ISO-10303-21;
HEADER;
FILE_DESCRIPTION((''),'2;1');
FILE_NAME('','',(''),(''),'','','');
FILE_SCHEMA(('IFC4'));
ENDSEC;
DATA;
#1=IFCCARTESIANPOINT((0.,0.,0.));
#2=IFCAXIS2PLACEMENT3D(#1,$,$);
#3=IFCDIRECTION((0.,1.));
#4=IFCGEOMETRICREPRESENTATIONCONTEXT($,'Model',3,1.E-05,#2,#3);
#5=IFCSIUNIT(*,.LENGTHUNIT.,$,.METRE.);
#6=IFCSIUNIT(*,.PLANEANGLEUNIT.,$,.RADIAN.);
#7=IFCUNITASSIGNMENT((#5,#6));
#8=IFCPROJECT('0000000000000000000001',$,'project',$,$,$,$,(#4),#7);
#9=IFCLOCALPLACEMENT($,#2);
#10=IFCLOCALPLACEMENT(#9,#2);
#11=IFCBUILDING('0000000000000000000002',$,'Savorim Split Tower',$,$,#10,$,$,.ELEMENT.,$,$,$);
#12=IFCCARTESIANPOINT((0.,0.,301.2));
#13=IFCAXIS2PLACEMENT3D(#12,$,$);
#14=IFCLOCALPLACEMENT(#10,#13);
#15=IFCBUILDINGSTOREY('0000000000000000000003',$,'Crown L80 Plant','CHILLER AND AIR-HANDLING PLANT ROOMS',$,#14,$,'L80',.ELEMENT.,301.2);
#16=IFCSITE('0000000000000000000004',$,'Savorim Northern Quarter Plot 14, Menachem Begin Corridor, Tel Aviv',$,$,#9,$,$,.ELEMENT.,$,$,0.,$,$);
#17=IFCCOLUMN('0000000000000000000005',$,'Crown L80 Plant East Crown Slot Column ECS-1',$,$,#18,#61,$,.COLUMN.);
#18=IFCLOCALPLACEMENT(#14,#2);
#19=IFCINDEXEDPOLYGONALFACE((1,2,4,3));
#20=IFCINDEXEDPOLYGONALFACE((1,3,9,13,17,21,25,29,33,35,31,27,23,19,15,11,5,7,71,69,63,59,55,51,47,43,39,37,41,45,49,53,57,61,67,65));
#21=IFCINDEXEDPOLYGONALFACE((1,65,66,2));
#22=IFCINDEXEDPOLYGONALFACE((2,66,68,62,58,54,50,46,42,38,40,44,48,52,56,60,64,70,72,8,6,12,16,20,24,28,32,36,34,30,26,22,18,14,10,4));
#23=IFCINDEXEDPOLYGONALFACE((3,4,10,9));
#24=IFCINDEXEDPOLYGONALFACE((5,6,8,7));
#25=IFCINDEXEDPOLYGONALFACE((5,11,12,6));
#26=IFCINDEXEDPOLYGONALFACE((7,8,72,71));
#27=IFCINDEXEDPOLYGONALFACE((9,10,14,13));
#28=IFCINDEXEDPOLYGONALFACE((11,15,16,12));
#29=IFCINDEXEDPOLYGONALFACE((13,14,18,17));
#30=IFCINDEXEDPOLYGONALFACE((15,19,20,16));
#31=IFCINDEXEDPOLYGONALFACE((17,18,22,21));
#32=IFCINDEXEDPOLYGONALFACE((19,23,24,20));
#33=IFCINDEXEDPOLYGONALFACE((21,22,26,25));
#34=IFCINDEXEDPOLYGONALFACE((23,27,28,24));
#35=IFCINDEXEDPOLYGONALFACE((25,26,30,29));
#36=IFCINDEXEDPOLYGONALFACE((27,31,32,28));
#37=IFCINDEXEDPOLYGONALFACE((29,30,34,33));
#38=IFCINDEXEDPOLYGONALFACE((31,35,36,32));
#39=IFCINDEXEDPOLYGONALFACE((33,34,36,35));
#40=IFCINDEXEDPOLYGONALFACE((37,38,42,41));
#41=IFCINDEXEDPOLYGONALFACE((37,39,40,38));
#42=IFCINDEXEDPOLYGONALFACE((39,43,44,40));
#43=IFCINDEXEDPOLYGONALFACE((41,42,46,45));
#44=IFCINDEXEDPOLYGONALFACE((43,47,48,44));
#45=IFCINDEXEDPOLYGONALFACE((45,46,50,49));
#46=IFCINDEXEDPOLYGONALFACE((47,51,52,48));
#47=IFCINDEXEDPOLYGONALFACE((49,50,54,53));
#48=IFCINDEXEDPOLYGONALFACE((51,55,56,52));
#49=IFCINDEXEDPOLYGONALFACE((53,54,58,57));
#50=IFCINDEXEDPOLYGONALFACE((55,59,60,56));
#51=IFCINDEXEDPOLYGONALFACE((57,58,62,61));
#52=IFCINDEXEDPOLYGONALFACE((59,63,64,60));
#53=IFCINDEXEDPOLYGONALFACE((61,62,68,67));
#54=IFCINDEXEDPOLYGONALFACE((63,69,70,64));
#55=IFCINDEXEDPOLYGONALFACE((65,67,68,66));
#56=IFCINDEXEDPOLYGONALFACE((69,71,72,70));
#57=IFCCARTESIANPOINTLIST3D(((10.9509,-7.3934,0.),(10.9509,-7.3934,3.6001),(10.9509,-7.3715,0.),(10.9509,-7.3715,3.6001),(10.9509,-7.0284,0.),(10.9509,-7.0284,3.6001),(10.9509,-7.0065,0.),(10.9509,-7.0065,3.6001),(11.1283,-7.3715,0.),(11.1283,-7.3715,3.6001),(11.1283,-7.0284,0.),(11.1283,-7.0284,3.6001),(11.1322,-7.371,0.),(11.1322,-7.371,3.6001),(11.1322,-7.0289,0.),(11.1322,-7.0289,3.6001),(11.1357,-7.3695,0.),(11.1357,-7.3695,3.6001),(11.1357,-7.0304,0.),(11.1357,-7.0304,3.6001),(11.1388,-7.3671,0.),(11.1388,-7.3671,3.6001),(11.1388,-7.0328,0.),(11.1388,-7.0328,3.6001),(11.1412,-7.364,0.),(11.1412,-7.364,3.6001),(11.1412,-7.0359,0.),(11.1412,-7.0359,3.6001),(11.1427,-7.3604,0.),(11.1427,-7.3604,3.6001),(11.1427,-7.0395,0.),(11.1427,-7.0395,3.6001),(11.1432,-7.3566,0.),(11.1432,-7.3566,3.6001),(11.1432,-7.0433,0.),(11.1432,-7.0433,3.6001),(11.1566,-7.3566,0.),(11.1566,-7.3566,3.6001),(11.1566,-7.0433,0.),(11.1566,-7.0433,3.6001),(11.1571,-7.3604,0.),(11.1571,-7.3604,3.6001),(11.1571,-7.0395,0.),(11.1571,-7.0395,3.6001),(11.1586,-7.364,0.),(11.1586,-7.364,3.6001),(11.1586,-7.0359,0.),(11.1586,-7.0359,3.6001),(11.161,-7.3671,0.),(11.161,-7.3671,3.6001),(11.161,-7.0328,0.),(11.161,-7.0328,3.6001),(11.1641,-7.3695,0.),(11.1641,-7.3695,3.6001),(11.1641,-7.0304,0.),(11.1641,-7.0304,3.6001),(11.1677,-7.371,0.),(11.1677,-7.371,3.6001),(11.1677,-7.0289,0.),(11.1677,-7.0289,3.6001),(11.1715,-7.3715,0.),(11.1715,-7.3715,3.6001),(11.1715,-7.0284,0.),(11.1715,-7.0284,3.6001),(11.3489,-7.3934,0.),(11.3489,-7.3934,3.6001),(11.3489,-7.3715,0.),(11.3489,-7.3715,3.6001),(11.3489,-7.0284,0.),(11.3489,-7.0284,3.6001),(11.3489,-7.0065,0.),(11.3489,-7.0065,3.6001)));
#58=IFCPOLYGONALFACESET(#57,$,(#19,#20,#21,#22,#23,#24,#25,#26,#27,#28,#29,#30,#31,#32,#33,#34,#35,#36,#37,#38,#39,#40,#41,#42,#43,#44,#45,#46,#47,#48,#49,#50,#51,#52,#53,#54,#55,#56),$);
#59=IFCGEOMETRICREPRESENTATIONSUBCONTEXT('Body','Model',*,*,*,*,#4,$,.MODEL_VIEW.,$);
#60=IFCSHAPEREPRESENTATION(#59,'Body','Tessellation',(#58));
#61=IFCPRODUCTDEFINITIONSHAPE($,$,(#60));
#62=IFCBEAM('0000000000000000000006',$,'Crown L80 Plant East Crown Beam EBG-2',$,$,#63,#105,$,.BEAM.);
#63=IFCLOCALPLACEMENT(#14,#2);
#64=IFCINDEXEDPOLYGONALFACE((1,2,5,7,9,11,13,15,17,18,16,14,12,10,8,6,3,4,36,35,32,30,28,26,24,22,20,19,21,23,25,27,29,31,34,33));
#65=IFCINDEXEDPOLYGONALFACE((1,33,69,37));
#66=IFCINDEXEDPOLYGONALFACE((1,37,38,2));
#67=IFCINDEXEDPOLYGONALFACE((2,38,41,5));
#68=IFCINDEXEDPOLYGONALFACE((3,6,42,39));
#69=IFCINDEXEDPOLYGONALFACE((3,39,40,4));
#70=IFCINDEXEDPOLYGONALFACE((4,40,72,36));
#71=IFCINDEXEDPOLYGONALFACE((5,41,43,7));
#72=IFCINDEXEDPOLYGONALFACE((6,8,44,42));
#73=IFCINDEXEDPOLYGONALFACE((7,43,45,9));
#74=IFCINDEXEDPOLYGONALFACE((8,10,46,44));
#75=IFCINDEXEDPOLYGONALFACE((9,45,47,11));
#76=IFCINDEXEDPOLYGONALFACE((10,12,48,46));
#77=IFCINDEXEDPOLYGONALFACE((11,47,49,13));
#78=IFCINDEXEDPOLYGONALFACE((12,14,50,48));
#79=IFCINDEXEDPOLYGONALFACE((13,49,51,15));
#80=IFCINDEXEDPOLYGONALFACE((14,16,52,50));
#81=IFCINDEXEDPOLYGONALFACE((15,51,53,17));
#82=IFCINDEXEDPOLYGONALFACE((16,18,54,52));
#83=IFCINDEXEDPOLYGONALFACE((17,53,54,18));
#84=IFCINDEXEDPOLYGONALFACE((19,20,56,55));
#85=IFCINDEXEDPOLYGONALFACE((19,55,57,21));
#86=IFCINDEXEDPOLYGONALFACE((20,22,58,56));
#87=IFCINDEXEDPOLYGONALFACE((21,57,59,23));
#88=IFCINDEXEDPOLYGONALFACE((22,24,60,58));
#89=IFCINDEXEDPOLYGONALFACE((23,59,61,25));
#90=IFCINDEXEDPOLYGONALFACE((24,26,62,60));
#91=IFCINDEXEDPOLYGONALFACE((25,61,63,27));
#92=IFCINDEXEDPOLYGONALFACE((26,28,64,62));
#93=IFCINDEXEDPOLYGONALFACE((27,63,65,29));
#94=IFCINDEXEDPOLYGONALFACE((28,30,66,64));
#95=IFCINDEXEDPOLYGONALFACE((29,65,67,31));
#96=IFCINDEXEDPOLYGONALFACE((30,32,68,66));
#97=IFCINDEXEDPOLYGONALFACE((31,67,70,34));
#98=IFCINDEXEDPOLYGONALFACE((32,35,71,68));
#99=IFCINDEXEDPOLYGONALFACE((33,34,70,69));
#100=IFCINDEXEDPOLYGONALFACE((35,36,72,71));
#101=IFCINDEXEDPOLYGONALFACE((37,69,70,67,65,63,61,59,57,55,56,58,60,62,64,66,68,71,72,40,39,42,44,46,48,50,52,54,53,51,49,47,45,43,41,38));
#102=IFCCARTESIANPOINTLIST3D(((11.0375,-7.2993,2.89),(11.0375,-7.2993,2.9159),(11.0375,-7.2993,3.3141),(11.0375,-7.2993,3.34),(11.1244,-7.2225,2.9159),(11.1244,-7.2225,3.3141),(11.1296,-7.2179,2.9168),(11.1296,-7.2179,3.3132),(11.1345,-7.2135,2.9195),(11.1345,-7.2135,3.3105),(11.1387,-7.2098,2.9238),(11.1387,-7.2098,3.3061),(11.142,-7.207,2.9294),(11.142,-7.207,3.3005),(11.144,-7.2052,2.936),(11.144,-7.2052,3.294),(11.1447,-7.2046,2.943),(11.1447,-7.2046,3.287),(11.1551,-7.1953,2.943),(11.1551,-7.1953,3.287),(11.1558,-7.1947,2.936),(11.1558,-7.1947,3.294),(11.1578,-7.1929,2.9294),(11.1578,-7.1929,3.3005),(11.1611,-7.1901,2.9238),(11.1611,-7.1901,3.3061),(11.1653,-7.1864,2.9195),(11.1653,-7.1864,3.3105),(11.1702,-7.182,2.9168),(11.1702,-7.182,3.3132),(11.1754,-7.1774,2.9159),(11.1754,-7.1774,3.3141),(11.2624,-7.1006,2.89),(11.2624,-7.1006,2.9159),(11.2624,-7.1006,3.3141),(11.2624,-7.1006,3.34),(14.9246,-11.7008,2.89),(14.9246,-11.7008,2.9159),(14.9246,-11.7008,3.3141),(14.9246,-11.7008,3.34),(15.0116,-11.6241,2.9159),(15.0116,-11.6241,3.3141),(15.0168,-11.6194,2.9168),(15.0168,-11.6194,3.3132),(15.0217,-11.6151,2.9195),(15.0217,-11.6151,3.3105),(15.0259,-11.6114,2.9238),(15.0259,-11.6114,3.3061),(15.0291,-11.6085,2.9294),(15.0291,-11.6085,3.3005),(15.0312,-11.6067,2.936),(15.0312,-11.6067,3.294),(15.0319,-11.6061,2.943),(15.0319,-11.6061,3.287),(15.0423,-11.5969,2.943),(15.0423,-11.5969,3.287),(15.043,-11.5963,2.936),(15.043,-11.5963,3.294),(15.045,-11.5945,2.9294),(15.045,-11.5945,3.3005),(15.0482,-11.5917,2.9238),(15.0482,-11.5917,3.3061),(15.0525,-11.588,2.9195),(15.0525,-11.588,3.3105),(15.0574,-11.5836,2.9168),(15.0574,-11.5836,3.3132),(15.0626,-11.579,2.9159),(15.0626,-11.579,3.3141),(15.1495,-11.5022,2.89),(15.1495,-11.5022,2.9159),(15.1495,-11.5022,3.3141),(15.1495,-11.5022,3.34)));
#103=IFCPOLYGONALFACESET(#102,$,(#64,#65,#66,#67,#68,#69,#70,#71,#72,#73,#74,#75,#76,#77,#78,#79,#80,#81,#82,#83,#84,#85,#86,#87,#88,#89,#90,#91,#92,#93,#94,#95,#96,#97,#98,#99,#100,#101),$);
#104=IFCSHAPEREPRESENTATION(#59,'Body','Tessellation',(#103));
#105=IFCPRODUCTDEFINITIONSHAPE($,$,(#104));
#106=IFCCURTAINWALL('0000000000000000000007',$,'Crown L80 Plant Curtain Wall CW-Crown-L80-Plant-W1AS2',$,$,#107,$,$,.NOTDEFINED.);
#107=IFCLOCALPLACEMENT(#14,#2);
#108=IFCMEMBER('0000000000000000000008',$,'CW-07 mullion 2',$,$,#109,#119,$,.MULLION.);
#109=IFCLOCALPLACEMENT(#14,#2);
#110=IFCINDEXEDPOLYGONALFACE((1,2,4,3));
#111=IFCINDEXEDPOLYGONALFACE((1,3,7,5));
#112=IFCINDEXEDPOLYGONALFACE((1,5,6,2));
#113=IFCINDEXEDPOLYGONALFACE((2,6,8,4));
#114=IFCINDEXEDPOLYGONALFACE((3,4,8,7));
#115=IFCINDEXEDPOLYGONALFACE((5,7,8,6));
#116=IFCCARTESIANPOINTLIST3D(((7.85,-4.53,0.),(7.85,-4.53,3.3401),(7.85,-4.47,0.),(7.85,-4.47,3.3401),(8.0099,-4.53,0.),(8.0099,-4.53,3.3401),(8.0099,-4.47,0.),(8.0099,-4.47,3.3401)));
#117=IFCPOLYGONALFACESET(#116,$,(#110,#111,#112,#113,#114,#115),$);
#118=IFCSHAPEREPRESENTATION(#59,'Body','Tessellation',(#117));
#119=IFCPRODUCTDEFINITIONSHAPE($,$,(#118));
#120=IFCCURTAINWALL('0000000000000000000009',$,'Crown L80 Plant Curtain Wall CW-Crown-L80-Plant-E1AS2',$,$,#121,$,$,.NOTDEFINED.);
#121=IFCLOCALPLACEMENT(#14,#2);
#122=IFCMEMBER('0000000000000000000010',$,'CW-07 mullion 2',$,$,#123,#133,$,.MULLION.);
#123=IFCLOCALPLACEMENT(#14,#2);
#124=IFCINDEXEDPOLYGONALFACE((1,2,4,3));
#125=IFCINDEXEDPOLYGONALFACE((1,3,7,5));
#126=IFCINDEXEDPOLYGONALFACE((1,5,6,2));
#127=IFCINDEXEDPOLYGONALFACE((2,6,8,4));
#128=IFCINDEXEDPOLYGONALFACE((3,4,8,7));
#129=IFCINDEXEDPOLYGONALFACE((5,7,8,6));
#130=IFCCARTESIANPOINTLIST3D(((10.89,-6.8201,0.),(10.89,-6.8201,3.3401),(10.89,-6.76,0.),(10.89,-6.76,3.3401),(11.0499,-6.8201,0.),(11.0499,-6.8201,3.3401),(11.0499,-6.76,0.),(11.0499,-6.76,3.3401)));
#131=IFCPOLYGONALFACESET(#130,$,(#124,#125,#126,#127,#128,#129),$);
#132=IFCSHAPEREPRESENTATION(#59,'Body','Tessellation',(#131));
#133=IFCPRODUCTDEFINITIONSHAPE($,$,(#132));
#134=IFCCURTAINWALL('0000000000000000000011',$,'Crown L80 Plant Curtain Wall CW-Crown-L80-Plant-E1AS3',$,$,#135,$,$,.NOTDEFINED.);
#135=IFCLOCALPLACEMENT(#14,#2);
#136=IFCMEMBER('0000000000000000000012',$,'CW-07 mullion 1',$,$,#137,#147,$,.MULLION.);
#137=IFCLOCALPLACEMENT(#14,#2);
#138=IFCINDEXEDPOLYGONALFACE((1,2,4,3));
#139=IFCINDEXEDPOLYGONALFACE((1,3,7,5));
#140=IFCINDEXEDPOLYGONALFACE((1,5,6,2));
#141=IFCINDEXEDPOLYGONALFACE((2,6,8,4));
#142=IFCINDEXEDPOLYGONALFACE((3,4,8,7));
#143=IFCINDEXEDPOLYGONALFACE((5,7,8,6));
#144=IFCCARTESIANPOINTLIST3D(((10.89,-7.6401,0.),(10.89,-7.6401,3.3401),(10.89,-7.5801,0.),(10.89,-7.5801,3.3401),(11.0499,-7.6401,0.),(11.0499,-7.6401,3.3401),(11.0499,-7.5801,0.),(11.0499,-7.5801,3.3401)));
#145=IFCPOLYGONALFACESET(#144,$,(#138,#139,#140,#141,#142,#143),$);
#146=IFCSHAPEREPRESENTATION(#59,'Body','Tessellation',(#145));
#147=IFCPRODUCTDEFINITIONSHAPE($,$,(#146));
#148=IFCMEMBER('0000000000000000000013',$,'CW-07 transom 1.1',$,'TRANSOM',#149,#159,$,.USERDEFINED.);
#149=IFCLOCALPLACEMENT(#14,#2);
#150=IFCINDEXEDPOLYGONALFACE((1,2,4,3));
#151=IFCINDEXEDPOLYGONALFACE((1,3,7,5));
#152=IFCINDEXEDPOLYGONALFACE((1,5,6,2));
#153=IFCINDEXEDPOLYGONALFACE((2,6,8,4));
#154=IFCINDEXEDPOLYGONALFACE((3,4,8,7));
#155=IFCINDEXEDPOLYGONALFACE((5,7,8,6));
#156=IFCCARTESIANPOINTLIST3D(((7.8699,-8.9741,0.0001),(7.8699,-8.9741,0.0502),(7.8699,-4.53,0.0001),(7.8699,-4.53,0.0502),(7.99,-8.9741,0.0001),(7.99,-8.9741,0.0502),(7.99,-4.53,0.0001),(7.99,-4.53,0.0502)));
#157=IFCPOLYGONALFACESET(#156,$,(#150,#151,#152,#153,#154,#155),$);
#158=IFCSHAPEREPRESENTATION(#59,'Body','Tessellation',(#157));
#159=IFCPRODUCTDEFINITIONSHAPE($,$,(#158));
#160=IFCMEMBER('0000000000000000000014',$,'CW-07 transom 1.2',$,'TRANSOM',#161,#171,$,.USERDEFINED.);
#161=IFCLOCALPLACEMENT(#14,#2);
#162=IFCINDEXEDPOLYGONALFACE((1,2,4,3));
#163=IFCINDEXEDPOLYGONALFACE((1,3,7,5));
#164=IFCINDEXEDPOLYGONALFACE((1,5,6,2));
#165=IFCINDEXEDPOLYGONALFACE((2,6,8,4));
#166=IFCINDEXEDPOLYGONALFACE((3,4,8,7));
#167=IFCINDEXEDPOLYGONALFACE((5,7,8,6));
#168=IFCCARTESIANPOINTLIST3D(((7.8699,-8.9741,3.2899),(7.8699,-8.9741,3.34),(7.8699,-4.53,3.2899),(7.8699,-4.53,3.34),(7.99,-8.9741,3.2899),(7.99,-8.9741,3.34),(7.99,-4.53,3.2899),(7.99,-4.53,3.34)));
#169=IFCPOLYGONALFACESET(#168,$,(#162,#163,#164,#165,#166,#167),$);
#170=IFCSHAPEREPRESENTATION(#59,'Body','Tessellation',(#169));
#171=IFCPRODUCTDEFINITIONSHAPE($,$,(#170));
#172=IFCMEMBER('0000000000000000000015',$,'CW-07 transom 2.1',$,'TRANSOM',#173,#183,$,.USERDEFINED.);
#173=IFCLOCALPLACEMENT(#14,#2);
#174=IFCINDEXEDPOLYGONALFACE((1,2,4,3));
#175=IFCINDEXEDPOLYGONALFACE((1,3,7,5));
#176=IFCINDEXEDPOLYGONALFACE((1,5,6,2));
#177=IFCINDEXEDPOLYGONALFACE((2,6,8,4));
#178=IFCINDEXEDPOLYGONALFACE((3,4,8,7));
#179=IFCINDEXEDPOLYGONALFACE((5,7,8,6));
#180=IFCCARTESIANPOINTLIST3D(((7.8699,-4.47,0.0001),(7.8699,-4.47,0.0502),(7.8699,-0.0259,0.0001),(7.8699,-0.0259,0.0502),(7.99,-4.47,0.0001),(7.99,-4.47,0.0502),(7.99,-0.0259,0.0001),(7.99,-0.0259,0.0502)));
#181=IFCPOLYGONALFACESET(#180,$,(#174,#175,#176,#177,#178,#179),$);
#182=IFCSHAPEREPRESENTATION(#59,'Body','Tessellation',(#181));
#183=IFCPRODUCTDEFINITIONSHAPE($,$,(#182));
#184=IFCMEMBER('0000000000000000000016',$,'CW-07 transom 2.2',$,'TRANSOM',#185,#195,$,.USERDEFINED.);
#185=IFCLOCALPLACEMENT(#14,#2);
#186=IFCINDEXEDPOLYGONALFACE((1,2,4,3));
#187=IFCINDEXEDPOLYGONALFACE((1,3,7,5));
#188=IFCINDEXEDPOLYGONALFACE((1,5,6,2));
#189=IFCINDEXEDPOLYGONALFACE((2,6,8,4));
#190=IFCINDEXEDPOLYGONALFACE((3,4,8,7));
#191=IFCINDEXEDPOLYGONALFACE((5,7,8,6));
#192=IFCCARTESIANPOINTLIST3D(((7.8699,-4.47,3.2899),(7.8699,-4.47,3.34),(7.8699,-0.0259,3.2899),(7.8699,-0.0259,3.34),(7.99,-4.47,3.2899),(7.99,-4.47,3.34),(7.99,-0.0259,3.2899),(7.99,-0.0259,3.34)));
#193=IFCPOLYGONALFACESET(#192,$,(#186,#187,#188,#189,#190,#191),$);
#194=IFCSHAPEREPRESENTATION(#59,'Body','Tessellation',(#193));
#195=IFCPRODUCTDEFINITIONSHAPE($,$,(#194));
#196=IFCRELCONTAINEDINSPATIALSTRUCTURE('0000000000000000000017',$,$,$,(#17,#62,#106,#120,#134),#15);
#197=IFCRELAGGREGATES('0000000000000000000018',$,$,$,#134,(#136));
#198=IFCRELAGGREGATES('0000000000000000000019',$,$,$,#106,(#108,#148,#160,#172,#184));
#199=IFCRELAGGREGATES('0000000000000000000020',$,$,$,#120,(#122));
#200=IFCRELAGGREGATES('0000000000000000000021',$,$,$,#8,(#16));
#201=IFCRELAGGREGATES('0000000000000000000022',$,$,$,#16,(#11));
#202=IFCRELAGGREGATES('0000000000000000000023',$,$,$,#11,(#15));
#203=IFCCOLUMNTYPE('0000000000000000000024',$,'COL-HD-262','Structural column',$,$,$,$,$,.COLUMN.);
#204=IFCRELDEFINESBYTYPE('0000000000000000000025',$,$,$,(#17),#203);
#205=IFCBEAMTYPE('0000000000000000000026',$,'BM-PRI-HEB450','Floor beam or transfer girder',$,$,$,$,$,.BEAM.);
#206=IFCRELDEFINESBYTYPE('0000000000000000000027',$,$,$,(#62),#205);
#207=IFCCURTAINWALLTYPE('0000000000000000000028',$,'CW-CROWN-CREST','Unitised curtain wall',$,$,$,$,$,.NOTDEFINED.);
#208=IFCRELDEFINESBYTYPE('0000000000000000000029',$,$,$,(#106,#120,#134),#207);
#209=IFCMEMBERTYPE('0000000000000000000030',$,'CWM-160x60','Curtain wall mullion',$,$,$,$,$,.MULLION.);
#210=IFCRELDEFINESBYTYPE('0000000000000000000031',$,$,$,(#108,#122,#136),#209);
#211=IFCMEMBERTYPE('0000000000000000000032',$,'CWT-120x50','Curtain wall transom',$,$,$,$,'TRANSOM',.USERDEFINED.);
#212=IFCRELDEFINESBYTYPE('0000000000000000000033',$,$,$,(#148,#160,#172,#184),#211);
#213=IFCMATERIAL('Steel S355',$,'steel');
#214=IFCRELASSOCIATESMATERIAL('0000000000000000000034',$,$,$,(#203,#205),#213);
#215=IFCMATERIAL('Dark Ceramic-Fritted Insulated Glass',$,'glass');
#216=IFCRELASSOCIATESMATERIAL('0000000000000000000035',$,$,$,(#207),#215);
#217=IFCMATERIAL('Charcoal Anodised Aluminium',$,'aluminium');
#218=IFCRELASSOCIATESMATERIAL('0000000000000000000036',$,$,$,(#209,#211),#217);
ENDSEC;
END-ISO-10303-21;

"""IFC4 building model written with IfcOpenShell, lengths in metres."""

from ifc_helpers import new_model, si_unit, direction, frame, origin, origin_2d, place, context, subcontext, project, spatial, rectangle, i_section, extrude, material, material_profile, profile_set, type_object, element, aggregate, save


model = new_model("IFC4")

# Units and contexts
model_context = context("Model", 3, precision=1e-05, world=origin(), true_north=direction((0.0, 1.0)))
body_context = subcontext(model_context, "Body", "Model", "MODEL_VIEW")
ifc_project = project(units=[si_unit("LENGTHUNIT", "METRE"), si_unit("PLANEANGLEUNIT", "RADIAN")], contexts=[model_context])

# Site, building, storey
site_placement = place(None, origin())
site = spatial("IfcSite", under=ifc_project, at=site_placement, Name="Savorim Northern Quarter Plot 14, Menachem Begin Corridor, Tel Aviv", CompositionType="ELEMENT", RefElevation=0.0)
building_placement = place(site_placement, origin())
building = spatial("IfcBuilding", under=site, at=building_placement, Name="Savorim Split Tower", CompositionType="ELEMENT")
storey_placement = place(building_placement, frame((0.0, 0.0, 301.2)))
storey = spatial("IfcBuildingStorey", under=building, at=storey_placement, Name="Crown L80 Plant", Description="CHILLER AND AIR-HANDLING PLANT ROOMS", LongName="L80", CompositionType="ELEMENT", Elevation=301.2)

# Column
ifc_material_1 = material(Name="Steel S355", Category="steel")
ifc_material_profile_1 = material_profile(ifc_material_1, i_section(OverallWidth=0.3979, OverallDepth=0.387, WebThickness=0.0134, FlangeThickness=0.022, FilletRadius=0.0149, at=origin_2d()), Name="HD 400x262")
ifc_profile_set_1 = profile_set([ifc_material_profile_1], Name="Steel S355")
column_type = type_object("IfcColumnType", Name="COL-HD-262", Description="Structural column", PredefinedType="COLUMN", material=ifc_profile_set_1)
column_placement = place(storey_placement, frame((11.1499, -7.2, 0.0), z_axis=(0.0, 0.0, 1.0), x_axis=(1.0, 0.0, 0.0)))
element("IfcColumn", 1, at=column_placement, inside=storey, type_object=column_type, Name="Crown L80 Plant East Crown Slot Column ECS-1", PredefinedType="COLUMN", context=body_context, shape_type="SweptSolid", body=[
    extrude(i_section(OverallWidth=0.3979, OverallDepth=0.387, WebThickness=0.0134, FlangeThickness=0.022, FilletRadius=0.0149, at=origin_2d()), origin(), (0.0, 0.0, 1.0), 3.6001),
])

# Beam
ifc_material_profile_2 = material_profile(ifc_material_1, i_section(OverallWidth=0.3, OverallDepth=0.45, WebThickness=0.0139, FlangeThickness=0.0259, FilletRadius=0.0271, at=origin_2d()), Name="HEB 450")
ifc_profile_set_2 = profile_set([ifc_material_profile_2], Name="Steel S355")
beam_type = type_object("IfcBeamType", Name="BM-PRI-HEB450", Description="Floor beam or transfer girder", PredefinedType="BEAM", material=ifc_profile_set_2)
beam_placement = place(storey_placement, frame((11.1499, -7.2, 3.115), z_axis=(0.66195, -0.749548, 0.0), x_axis=(0.749548, 0.66195, 0.0)))
element("IfcBeam", 2, at=beam_placement, inside=storey, type_object=beam_type, Name="Crown L80 Plant East Crown Beam EBG-2", PredefinedType="BEAM", context=body_context, shape_type="SweptSolid", body=[
    extrude(i_section(OverallWidth=0.3, OverallDepth=0.45, WebThickness=0.0139, FlangeThickness=0.0259, FilletRadius=0.0271, at=origin_2d()), origin(), (0.0, 0.0, 1.0), 5.8723),
])

# Curtain walls, members
ifc_material_2 = material(Name="Dark Ceramic-Fritted Insulated Glass", Category="glass")
curtain_wall_type = type_object("IfcCurtainWallType", Name="CW-CROWN-CREST", Description="Unitised curtain wall", PredefinedType="NOTDEFINED", material=ifc_material_2)
curtain_wall_1_placement = place(storey_placement, origin())
curtain_wall_1 = element("IfcCurtainWall", 3, at=curtain_wall_1_placement, inside=storey, type_object=curtain_wall_type, Name="Crown L80 Plant Curtain Wall CW-Crown-L80-Plant-W1AS2", PredefinedType="NOTDEFINED")
ifc_material_3 = material(Name="Charcoal Anodised Aluminium", Category="aluminium")
ifc_material_profile_3 = material_profile(ifc_material_3, rectangle(XDim=0.1599, YDim=0.0601, at=origin_2d()), Name="ALU-M 160x60")
ifc_profile_set_3 = profile_set([ifc_material_profile_3], Name="Charcoal Anodised Aluminium")
member_type_1 = type_object("IfcMemberType", Name="CWM-160x60", Description="Curtain wall mullion", PredefinedType="MULLION", material=ifc_profile_set_3)
member_1_placement = place(storey_placement, frame((7.9299, -4.5, 0.0), z_axis=(0.0, 0.0, 1.0), x_axis=(-1.0, 0.0, 0.0)))
member_1 = element("IfcMember", 4, at=member_1_placement, type_object=member_type_1, Name="CW-07 mullion 2", PredefinedType="MULLION", context=body_context, shape_type="SweptSolid", body=[
    extrude(rectangle(XDim=0.1599, YDim=0.0601, at=origin_2d()), origin(), (0.0, 0.0, 1.0), 3.3401),
])
curtain_wall_2_placement = place(storey_placement, origin())
curtain_wall_2 = element("IfcCurtainWall", 5, at=curtain_wall_2_placement, inside=storey, type_object=curtain_wall_type, Name="Crown L80 Plant Curtain Wall CW-Crown-L80-Plant-E1AS2", PredefinedType="NOTDEFINED")
member_2_placement = place(storey_placement, frame((10.97, -6.79, 0.0), z_axis=(0.0, 0.0, 1.0), x_axis=(1.0, 0.0, 0.0)))
member_2 = element("IfcMember", 6, at=member_2_placement, type_object=member_type_1, Name="CW-07 mullion 2", PredefinedType="MULLION", context=body_context, shape_type="SweptSolid", body=[
    extrude(rectangle(XDim=0.1599, YDim=0.0601, at=origin_2d()), origin(), (0.0, 0.0, 1.0), 3.3401),
])
curtain_wall_3_placement = place(storey_placement, origin())
curtain_wall_3 = element("IfcCurtainWall", 7, at=curtain_wall_3_placement, inside=storey, type_object=curtain_wall_type, Name="Crown L80 Plant Curtain Wall CW-Crown-L80-Plant-E1AS3", PredefinedType="NOTDEFINED")
member_3_placement = place(storey_placement, frame((10.97, -7.6101, 0.0), z_axis=(0.0, 0.0, 1.0), x_axis=(1.0, 0.0, 0.0)))
member_3 = element("IfcMember", 8, at=member_3_placement, type_object=member_type_1, Name="CW-07 mullion 1", PredefinedType="MULLION", context=body_context, shape_type="SweptSolid", body=[
    extrude(rectangle(XDim=0.1599, YDim=0.0601, at=origin_2d()), origin(), (0.0, 0.0, 1.0), 3.3401),
])

# Members
ifc_material_profile_4 = material_profile(ifc_material_3, rectangle(XDim=0.1201, YDim=0.05, at=origin_2d()), Name="ALU-T 120x50")
ifc_profile_set_4 = profile_set([ifc_material_profile_4], Name="Charcoal Anodised Aluminium")
member_type_2 = type_object("IfcMemberType", Name="CWT-120x50", Description="Curtain wall transom", ElementType="TRANSOM", PredefinedType="USERDEFINED", material=ifc_profile_set_4)
member_4_placement = place(storey_placement, frame((7.9299, -8.9741, 0.0251), z_axis=(0.0, 1.0, 0.0), x_axis=(-1.0, 0.0, 0.0)))
member_4 = element("IfcMember", 9, at=member_4_placement, type_object=member_type_2, Name="CW-07 transom 1.1", ObjectType="TRANSOM", PredefinedType="USERDEFINED", context=body_context, shape_type="SweptSolid", body=[
    extrude(rectangle(XDim=0.1201, YDim=0.05, at=origin_2d()), origin(), (0.0, 0.0, 1.0), 4.4441),
])
member_5_placement = place(storey_placement, frame((7.9299, -8.9741, 3.3149), z_axis=(0.0, 1.0, 0.0), x_axis=(-1.0, 0.0, 0.0)))
member_5 = element("IfcMember", 10, at=member_5_placement, type_object=member_type_2, Name="CW-07 transom 1.2", ObjectType="TRANSOM", PredefinedType="USERDEFINED", context=body_context, shape_type="SweptSolid", body=[
    extrude(rectangle(XDim=0.1201, YDim=0.05, at=origin_2d()), origin(), (0.0, 0.0, 1.0), 4.4441),
])
member_6_placement = place(storey_placement, frame((7.9299, -4.47, 0.0251), z_axis=(0.0, 1.0, 0.0), x_axis=(-1.0, 0.0, 0.0)))
member_6 = element("IfcMember", 11, at=member_6_placement, type_object=member_type_2, Name="CW-07 transom 2.1", ObjectType="TRANSOM", PredefinedType="USERDEFINED", context=body_context, shape_type="SweptSolid", body=[
    extrude(rectangle(XDim=0.1201, YDim=0.05, at=origin_2d()), origin(), (0.0, 0.0, 1.0), 4.4441),
])
member_7_placement = place(storey_placement, frame((7.9299, -4.47, 3.3149), z_axis=(0.0, 1.0, 0.0), x_axis=(-1.0, 0.0, 0.0)))
member_7 = element("IfcMember", 12, at=member_7_placement, type_object=member_type_2, Name="CW-07 transom 2.2", ObjectType="TRANSOM", PredefinedType="USERDEFINED", context=body_context, shape_type="SweptSolid", body=[
    extrude(rectangle(XDim=0.1201, YDim=0.05, at=origin_2d()), origin(), (0.0, 0.0, 1.0), 4.4441),
])
aggregate(curtain_wall_3, [member_3])

aggregate(curtain_wall_1, [member_1, member_4, member_5, member_6, member_7])
aggregate(curtain_wall_2, [member_2])

save(model, "model.ifc")
